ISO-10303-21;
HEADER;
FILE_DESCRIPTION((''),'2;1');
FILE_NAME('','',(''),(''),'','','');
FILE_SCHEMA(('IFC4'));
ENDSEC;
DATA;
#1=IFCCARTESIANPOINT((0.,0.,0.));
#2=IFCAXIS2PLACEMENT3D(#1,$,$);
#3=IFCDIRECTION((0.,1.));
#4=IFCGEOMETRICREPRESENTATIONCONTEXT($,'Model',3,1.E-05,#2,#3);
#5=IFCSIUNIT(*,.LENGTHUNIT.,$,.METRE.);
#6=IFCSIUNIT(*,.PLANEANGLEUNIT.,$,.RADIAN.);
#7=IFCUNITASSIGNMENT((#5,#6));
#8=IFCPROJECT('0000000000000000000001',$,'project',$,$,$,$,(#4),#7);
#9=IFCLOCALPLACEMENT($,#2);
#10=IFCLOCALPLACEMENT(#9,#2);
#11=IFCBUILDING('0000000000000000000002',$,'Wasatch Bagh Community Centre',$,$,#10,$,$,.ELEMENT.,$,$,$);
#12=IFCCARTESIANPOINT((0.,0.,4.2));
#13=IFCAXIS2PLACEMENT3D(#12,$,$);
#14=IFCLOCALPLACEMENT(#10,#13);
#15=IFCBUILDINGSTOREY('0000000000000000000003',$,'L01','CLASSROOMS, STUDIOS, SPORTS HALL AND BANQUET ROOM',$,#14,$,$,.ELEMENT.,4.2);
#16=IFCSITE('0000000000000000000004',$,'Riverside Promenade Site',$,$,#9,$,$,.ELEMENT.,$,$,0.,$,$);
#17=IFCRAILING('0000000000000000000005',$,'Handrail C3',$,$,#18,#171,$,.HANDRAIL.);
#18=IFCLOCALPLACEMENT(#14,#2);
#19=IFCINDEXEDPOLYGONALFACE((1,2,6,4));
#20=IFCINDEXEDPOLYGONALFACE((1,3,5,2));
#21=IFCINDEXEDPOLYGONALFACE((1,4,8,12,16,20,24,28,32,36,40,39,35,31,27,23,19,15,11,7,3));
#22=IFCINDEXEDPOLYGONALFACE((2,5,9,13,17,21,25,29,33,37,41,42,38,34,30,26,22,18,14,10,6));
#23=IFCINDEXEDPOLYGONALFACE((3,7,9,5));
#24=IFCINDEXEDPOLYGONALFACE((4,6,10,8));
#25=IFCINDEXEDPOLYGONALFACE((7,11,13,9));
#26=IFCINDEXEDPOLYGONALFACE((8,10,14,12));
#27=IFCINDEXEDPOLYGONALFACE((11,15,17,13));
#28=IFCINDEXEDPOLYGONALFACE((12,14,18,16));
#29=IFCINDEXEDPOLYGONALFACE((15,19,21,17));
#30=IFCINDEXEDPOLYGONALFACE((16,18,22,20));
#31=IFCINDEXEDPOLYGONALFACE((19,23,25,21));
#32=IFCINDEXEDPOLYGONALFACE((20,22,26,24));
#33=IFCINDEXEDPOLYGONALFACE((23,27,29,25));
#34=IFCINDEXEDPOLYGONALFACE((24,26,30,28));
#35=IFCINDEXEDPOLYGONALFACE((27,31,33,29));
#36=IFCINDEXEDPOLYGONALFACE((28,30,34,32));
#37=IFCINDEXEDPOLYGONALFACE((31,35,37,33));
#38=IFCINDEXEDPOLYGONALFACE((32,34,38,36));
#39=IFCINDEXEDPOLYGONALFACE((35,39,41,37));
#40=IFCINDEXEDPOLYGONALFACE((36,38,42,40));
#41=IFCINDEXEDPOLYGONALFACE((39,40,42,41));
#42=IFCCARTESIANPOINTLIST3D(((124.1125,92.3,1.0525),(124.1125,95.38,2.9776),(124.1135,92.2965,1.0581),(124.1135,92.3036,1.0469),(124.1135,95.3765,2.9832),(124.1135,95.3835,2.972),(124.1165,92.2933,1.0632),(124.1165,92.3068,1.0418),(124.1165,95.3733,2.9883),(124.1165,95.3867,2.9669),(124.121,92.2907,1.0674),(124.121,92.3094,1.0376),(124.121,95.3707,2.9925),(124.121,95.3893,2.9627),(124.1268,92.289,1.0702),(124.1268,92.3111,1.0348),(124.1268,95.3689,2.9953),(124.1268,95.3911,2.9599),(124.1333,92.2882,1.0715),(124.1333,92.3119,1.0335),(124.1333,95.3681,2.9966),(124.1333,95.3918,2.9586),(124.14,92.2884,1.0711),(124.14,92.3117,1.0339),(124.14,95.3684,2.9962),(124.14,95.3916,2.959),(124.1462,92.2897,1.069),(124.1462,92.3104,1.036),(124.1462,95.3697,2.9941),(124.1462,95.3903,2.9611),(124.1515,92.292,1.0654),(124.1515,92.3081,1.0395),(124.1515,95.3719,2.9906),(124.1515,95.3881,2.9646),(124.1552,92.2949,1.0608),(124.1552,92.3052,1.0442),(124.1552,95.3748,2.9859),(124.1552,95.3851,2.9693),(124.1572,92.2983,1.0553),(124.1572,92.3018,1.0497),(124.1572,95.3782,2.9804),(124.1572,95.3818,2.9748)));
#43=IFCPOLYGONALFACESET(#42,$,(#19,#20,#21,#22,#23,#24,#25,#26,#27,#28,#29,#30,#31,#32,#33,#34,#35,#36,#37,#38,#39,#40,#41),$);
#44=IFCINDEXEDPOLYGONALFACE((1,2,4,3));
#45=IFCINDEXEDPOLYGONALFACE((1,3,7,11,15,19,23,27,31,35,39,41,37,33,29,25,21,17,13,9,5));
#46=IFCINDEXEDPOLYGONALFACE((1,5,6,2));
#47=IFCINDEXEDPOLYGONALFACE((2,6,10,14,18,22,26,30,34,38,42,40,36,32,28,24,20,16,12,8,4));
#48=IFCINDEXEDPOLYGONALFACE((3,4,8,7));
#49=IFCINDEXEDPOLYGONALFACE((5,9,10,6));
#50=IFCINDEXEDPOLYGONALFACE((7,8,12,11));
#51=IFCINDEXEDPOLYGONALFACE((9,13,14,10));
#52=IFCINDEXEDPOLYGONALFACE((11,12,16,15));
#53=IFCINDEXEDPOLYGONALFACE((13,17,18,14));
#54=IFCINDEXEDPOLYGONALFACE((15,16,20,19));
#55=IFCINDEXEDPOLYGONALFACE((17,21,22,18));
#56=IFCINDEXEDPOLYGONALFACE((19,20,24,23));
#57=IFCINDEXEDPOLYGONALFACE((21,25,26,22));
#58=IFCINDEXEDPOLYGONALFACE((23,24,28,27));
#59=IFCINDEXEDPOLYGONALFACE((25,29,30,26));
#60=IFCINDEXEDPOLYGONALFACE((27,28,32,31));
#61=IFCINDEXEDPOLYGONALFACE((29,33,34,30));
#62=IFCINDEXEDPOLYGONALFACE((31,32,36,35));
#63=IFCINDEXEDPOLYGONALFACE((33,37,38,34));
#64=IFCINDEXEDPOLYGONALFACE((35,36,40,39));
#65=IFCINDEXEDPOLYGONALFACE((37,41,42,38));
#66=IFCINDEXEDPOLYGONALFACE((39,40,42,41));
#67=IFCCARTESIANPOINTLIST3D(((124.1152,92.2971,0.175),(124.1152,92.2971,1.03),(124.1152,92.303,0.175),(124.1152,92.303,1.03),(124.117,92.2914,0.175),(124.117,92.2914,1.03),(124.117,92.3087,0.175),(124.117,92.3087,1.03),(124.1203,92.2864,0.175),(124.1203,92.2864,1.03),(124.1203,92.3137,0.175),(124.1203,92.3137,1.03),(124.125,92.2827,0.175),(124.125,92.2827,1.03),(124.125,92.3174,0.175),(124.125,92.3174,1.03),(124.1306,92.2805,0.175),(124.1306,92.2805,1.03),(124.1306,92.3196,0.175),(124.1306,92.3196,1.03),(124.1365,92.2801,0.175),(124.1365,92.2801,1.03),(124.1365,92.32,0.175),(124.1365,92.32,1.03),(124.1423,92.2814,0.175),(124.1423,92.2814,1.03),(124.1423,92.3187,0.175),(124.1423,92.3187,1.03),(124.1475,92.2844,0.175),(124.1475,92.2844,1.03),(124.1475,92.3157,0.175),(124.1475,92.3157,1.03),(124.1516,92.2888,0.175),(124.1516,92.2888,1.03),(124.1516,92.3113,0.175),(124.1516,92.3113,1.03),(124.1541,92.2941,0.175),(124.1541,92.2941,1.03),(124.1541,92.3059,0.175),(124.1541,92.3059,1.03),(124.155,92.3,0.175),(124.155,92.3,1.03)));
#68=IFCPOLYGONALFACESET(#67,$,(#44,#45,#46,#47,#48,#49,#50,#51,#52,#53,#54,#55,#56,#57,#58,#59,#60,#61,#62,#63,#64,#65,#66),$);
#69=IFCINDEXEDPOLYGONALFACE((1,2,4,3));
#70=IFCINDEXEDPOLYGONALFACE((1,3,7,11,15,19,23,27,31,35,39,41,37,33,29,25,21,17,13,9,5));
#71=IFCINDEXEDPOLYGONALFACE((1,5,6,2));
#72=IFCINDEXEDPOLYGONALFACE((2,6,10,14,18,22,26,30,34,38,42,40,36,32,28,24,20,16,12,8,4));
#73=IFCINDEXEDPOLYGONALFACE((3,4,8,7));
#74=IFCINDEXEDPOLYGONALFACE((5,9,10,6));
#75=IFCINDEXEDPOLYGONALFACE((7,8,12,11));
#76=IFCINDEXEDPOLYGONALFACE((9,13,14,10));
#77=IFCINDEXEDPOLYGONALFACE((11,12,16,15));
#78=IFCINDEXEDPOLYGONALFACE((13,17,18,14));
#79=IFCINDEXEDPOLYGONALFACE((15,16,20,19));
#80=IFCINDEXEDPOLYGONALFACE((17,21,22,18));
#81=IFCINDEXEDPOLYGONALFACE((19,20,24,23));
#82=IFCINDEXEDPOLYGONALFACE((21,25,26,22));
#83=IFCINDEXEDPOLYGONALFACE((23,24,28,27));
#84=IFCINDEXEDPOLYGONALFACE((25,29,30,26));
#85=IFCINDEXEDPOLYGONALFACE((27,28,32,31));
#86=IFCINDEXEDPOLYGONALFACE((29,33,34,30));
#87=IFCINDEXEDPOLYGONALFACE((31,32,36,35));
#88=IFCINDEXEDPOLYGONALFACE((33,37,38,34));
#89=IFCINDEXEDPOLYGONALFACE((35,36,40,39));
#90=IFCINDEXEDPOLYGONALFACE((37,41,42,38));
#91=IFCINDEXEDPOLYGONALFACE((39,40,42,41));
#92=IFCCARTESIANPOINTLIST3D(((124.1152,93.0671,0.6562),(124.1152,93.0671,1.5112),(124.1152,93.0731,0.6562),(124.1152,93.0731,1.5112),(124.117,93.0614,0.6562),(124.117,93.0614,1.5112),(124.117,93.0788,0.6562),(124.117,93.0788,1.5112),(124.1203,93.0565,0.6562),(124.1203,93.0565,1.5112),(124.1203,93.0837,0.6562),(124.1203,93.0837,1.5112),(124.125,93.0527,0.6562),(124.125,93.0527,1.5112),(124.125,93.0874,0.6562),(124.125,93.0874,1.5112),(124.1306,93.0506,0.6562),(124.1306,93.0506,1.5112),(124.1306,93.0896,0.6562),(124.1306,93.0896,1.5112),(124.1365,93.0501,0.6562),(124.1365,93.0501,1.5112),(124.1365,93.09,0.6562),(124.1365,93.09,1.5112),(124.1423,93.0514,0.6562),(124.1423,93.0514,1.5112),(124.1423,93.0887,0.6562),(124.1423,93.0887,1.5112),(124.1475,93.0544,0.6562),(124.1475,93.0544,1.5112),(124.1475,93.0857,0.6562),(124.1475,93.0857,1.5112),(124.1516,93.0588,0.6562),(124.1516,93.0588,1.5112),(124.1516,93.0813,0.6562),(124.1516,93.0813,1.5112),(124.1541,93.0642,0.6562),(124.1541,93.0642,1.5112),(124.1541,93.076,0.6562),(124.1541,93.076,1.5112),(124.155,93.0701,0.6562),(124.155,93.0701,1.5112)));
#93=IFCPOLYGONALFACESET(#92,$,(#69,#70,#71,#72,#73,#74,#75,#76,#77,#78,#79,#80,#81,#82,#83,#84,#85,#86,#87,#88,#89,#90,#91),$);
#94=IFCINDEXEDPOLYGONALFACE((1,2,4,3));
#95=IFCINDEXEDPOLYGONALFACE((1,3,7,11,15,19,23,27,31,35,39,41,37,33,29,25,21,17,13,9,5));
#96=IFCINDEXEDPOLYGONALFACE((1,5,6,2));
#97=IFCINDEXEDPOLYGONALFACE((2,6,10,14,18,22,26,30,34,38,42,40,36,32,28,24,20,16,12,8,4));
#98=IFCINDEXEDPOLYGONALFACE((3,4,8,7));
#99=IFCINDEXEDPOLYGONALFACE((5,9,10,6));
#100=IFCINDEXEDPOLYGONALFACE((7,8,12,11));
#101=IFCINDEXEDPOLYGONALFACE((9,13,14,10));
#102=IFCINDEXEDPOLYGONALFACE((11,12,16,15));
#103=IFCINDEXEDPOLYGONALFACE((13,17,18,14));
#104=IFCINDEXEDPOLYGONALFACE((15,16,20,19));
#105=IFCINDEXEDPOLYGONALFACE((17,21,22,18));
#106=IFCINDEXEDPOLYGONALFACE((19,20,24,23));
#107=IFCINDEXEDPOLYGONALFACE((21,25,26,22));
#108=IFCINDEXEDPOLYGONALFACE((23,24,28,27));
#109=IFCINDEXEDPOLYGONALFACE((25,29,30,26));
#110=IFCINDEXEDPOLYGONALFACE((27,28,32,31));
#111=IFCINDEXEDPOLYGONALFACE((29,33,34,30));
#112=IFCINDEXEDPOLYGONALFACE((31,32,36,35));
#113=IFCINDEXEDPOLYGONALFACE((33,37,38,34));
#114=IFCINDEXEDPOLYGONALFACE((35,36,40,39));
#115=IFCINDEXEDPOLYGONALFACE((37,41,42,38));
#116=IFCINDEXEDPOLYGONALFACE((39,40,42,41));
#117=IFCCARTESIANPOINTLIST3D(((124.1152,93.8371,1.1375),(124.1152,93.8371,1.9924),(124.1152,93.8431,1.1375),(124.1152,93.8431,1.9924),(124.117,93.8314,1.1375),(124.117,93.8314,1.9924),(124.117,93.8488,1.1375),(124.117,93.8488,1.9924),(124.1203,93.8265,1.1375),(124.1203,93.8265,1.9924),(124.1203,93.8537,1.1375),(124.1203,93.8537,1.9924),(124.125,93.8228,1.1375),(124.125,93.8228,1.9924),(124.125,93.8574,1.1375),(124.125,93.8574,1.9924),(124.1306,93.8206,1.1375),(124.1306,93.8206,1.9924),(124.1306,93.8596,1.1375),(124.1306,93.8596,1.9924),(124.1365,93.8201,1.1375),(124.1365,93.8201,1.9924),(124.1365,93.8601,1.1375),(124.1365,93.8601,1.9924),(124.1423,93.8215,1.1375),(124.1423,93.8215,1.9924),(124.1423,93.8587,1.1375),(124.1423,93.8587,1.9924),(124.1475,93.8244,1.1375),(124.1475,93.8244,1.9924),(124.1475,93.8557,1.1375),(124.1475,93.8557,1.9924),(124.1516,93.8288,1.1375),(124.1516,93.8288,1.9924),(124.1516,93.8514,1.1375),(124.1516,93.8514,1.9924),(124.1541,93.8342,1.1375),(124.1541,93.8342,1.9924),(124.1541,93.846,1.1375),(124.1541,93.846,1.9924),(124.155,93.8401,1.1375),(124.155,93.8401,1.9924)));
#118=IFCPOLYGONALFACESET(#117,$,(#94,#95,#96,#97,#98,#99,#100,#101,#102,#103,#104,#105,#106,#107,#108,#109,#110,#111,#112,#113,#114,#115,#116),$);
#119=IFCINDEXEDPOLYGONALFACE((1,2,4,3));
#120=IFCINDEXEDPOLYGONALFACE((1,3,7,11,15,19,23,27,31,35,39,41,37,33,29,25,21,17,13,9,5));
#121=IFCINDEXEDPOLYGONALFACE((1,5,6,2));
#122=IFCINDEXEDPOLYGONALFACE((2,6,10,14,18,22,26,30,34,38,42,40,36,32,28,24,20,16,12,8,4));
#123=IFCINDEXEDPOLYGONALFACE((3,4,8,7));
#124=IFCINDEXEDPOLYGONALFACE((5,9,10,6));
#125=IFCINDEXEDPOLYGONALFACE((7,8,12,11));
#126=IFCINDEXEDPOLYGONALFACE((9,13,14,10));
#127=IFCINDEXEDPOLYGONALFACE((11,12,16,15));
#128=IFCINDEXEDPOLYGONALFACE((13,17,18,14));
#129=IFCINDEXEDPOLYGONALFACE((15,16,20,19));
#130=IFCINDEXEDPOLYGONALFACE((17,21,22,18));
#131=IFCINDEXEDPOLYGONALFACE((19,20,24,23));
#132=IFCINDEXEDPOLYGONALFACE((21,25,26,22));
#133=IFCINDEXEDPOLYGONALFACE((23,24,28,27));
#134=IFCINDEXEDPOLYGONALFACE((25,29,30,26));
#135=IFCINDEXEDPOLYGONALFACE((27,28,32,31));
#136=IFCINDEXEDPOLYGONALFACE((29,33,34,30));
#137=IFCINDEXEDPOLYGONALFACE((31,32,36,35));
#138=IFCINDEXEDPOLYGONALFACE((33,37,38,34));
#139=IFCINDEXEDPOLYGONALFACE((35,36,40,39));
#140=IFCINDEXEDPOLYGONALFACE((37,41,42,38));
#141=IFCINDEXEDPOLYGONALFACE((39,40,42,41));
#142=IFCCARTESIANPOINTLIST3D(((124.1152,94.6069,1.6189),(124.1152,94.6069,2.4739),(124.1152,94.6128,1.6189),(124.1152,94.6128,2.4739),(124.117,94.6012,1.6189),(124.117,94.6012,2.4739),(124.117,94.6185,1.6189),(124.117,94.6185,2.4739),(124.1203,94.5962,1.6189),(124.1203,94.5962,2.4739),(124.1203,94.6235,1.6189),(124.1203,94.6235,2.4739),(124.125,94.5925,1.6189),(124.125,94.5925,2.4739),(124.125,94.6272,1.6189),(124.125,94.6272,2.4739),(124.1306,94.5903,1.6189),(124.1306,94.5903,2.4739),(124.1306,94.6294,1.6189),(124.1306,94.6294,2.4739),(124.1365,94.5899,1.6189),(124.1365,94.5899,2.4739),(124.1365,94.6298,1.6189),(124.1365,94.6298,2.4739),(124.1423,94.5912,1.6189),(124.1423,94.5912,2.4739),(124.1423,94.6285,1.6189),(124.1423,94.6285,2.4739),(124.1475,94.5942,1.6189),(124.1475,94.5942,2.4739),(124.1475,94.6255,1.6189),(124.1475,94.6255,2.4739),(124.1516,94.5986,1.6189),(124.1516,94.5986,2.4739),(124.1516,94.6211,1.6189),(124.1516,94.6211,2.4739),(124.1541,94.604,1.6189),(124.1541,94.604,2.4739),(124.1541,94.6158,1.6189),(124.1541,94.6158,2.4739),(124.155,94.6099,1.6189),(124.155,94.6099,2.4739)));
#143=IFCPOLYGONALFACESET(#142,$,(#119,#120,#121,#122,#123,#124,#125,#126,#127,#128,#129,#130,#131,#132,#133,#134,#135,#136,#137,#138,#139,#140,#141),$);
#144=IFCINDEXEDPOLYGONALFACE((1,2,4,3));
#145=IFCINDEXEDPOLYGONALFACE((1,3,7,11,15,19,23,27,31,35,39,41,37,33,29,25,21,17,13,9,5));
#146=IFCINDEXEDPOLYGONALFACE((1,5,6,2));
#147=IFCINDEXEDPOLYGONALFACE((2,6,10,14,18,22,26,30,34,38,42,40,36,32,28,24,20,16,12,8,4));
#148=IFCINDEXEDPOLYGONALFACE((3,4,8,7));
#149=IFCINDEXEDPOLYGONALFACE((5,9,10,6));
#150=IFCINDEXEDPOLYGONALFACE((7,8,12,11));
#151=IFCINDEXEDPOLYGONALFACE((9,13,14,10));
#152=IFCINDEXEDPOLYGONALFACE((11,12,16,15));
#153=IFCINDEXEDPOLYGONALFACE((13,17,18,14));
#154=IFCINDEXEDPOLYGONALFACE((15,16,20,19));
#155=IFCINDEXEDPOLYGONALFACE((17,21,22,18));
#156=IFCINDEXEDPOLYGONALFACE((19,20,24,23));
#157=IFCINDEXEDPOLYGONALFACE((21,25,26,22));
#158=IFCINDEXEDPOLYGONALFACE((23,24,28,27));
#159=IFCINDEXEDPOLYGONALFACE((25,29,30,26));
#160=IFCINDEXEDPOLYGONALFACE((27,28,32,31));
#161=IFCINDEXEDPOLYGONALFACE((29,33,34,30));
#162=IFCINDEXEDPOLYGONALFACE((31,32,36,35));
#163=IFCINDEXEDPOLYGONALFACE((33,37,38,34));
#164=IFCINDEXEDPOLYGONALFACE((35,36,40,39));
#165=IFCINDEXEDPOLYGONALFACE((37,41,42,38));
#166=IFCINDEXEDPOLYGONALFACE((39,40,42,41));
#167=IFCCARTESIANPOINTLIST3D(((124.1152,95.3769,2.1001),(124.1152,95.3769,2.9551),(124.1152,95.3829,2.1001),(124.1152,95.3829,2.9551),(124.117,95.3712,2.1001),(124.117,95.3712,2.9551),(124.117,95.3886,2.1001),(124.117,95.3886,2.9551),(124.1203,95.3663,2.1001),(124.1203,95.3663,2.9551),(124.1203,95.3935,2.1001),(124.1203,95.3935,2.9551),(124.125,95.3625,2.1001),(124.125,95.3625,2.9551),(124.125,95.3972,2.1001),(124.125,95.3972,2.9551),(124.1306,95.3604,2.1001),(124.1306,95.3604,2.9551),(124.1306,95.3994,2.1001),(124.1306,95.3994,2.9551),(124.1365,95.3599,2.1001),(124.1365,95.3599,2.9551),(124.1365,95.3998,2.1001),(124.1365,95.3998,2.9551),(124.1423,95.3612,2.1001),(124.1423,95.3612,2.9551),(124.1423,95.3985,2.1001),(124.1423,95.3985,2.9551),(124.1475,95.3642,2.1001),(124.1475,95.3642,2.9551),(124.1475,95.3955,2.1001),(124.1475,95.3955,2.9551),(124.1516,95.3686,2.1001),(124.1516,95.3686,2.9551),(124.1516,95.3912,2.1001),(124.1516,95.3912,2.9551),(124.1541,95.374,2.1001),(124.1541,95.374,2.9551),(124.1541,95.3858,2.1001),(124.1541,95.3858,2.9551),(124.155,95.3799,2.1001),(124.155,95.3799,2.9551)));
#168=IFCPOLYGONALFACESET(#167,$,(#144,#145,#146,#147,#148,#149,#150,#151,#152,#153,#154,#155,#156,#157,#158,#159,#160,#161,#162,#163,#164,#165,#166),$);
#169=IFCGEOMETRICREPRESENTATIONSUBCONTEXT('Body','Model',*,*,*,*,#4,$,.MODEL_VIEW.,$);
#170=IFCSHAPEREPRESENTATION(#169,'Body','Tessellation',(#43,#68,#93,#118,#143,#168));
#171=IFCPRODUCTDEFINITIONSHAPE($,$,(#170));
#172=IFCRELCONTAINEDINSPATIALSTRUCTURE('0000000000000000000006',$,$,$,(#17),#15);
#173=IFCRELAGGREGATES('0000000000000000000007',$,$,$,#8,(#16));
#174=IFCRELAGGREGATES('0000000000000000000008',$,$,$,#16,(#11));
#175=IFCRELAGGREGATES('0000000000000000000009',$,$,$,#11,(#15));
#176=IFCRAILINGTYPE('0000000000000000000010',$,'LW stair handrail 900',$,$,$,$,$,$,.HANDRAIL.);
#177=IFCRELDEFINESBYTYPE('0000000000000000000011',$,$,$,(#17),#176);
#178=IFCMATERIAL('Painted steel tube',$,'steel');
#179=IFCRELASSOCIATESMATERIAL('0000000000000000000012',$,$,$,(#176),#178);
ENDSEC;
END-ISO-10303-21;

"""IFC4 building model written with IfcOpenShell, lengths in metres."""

from ifc_helpers import new_model, si_unit, direction, frame, origin, origin_2d, place, context, subcontext, project, spatial, circle, extrude, material, type_object, element, save


model = new_model("IFC4")

# Units and contexts
model_context = context("Model", 3, precision=1e-05, world=origin(), true_north=direction((0.0, 1.0)))
body_context = subcontext(model_context, "Body", "Model", "MODEL_VIEW")
ifc_project = project(units=[si_unit("LENGTHUNIT", "METRE"), si_unit("PLANEANGLEUNIT", "RADIAN")], contexts=[model_context])

# Site, building, storey
site_placement = place(None, origin())
site = spatial("IfcSite", under=ifc_project, at=site_placement, Name="Riverside Promenade Site", CompositionType="ELEMENT", RefElevation=0.0)
building_placement = place(site_placement, origin())
building = spatial("IfcBuilding", under=site, at=building_placement, Name="Wasatch Bagh Community Centre", CompositionType="ELEMENT")
storey_placement = place(building_placement, frame((0.0, 0.0, 4.2)))
storey = spatial("IfcBuildingStorey", under=building, at=storey_placement, Name="L01", Description="CLASSROOMS, STUDIOS, SPORTS HALL AND BANQUET ROOM", CompositionType="ELEMENT", Elevation=4.2)

# Railing
ifc_material_1 = material(Name="Painted steel tube", Category="steel")
railing_type_1 = type_object("IfcRailingType", Name="LW stair handrail 900", PredefinedType="HANDRAIL", material=ifc_material_1)
for number, where, name in (
    (1, (124.135, 92.3, 0.175), "Handrail C3"),
):
    element("IfcRailing", number, at=place(storey_placement, frame(where)), inside=storey, type_object=railing_type_1, Name=name, PredefinedType="HANDRAIL", context=body_context, shape_type="SweptSolid", body=[
        extrude(circle(Radius=0.0225, at=origin_2d()), frame((0.0, 0.0, 0.8774), z_axis=(0.0, 0.847979, 0.530029), x_axis=(-1.0, 0.0, 0.0)), (0.0, 0.0, 1.0), 3.6321),
        extrude(circle(Radius=0.02, at=origin_2d()), origin(), (0.0, 0.0, 1.0), 0.855),
        extrude(circle(Radius=0.02, at=origin_2d()), frame((0.0, 0.77, 0.4812)), (0.0, 0.0, 1.0), 0.855),
        extrude(circle(Radius=0.02, at=origin_2d()), frame((0.0, 1.54, 0.9624)), (0.0, 0.0, 1.0), 0.855),
        extrude(circle(Radius=0.02, at=origin_2d()), frame((0.0, 2.3098, 1.4438)), (0.0, 0.0, 1.0), 0.855),
        extrude(circle(Radius=0.02, at=origin_2d()), frame((0.0, 3.0798, 1.925)), (0.0, 0.0, 1.0), 0.855),
    ])

save(model, "model.ifc")
